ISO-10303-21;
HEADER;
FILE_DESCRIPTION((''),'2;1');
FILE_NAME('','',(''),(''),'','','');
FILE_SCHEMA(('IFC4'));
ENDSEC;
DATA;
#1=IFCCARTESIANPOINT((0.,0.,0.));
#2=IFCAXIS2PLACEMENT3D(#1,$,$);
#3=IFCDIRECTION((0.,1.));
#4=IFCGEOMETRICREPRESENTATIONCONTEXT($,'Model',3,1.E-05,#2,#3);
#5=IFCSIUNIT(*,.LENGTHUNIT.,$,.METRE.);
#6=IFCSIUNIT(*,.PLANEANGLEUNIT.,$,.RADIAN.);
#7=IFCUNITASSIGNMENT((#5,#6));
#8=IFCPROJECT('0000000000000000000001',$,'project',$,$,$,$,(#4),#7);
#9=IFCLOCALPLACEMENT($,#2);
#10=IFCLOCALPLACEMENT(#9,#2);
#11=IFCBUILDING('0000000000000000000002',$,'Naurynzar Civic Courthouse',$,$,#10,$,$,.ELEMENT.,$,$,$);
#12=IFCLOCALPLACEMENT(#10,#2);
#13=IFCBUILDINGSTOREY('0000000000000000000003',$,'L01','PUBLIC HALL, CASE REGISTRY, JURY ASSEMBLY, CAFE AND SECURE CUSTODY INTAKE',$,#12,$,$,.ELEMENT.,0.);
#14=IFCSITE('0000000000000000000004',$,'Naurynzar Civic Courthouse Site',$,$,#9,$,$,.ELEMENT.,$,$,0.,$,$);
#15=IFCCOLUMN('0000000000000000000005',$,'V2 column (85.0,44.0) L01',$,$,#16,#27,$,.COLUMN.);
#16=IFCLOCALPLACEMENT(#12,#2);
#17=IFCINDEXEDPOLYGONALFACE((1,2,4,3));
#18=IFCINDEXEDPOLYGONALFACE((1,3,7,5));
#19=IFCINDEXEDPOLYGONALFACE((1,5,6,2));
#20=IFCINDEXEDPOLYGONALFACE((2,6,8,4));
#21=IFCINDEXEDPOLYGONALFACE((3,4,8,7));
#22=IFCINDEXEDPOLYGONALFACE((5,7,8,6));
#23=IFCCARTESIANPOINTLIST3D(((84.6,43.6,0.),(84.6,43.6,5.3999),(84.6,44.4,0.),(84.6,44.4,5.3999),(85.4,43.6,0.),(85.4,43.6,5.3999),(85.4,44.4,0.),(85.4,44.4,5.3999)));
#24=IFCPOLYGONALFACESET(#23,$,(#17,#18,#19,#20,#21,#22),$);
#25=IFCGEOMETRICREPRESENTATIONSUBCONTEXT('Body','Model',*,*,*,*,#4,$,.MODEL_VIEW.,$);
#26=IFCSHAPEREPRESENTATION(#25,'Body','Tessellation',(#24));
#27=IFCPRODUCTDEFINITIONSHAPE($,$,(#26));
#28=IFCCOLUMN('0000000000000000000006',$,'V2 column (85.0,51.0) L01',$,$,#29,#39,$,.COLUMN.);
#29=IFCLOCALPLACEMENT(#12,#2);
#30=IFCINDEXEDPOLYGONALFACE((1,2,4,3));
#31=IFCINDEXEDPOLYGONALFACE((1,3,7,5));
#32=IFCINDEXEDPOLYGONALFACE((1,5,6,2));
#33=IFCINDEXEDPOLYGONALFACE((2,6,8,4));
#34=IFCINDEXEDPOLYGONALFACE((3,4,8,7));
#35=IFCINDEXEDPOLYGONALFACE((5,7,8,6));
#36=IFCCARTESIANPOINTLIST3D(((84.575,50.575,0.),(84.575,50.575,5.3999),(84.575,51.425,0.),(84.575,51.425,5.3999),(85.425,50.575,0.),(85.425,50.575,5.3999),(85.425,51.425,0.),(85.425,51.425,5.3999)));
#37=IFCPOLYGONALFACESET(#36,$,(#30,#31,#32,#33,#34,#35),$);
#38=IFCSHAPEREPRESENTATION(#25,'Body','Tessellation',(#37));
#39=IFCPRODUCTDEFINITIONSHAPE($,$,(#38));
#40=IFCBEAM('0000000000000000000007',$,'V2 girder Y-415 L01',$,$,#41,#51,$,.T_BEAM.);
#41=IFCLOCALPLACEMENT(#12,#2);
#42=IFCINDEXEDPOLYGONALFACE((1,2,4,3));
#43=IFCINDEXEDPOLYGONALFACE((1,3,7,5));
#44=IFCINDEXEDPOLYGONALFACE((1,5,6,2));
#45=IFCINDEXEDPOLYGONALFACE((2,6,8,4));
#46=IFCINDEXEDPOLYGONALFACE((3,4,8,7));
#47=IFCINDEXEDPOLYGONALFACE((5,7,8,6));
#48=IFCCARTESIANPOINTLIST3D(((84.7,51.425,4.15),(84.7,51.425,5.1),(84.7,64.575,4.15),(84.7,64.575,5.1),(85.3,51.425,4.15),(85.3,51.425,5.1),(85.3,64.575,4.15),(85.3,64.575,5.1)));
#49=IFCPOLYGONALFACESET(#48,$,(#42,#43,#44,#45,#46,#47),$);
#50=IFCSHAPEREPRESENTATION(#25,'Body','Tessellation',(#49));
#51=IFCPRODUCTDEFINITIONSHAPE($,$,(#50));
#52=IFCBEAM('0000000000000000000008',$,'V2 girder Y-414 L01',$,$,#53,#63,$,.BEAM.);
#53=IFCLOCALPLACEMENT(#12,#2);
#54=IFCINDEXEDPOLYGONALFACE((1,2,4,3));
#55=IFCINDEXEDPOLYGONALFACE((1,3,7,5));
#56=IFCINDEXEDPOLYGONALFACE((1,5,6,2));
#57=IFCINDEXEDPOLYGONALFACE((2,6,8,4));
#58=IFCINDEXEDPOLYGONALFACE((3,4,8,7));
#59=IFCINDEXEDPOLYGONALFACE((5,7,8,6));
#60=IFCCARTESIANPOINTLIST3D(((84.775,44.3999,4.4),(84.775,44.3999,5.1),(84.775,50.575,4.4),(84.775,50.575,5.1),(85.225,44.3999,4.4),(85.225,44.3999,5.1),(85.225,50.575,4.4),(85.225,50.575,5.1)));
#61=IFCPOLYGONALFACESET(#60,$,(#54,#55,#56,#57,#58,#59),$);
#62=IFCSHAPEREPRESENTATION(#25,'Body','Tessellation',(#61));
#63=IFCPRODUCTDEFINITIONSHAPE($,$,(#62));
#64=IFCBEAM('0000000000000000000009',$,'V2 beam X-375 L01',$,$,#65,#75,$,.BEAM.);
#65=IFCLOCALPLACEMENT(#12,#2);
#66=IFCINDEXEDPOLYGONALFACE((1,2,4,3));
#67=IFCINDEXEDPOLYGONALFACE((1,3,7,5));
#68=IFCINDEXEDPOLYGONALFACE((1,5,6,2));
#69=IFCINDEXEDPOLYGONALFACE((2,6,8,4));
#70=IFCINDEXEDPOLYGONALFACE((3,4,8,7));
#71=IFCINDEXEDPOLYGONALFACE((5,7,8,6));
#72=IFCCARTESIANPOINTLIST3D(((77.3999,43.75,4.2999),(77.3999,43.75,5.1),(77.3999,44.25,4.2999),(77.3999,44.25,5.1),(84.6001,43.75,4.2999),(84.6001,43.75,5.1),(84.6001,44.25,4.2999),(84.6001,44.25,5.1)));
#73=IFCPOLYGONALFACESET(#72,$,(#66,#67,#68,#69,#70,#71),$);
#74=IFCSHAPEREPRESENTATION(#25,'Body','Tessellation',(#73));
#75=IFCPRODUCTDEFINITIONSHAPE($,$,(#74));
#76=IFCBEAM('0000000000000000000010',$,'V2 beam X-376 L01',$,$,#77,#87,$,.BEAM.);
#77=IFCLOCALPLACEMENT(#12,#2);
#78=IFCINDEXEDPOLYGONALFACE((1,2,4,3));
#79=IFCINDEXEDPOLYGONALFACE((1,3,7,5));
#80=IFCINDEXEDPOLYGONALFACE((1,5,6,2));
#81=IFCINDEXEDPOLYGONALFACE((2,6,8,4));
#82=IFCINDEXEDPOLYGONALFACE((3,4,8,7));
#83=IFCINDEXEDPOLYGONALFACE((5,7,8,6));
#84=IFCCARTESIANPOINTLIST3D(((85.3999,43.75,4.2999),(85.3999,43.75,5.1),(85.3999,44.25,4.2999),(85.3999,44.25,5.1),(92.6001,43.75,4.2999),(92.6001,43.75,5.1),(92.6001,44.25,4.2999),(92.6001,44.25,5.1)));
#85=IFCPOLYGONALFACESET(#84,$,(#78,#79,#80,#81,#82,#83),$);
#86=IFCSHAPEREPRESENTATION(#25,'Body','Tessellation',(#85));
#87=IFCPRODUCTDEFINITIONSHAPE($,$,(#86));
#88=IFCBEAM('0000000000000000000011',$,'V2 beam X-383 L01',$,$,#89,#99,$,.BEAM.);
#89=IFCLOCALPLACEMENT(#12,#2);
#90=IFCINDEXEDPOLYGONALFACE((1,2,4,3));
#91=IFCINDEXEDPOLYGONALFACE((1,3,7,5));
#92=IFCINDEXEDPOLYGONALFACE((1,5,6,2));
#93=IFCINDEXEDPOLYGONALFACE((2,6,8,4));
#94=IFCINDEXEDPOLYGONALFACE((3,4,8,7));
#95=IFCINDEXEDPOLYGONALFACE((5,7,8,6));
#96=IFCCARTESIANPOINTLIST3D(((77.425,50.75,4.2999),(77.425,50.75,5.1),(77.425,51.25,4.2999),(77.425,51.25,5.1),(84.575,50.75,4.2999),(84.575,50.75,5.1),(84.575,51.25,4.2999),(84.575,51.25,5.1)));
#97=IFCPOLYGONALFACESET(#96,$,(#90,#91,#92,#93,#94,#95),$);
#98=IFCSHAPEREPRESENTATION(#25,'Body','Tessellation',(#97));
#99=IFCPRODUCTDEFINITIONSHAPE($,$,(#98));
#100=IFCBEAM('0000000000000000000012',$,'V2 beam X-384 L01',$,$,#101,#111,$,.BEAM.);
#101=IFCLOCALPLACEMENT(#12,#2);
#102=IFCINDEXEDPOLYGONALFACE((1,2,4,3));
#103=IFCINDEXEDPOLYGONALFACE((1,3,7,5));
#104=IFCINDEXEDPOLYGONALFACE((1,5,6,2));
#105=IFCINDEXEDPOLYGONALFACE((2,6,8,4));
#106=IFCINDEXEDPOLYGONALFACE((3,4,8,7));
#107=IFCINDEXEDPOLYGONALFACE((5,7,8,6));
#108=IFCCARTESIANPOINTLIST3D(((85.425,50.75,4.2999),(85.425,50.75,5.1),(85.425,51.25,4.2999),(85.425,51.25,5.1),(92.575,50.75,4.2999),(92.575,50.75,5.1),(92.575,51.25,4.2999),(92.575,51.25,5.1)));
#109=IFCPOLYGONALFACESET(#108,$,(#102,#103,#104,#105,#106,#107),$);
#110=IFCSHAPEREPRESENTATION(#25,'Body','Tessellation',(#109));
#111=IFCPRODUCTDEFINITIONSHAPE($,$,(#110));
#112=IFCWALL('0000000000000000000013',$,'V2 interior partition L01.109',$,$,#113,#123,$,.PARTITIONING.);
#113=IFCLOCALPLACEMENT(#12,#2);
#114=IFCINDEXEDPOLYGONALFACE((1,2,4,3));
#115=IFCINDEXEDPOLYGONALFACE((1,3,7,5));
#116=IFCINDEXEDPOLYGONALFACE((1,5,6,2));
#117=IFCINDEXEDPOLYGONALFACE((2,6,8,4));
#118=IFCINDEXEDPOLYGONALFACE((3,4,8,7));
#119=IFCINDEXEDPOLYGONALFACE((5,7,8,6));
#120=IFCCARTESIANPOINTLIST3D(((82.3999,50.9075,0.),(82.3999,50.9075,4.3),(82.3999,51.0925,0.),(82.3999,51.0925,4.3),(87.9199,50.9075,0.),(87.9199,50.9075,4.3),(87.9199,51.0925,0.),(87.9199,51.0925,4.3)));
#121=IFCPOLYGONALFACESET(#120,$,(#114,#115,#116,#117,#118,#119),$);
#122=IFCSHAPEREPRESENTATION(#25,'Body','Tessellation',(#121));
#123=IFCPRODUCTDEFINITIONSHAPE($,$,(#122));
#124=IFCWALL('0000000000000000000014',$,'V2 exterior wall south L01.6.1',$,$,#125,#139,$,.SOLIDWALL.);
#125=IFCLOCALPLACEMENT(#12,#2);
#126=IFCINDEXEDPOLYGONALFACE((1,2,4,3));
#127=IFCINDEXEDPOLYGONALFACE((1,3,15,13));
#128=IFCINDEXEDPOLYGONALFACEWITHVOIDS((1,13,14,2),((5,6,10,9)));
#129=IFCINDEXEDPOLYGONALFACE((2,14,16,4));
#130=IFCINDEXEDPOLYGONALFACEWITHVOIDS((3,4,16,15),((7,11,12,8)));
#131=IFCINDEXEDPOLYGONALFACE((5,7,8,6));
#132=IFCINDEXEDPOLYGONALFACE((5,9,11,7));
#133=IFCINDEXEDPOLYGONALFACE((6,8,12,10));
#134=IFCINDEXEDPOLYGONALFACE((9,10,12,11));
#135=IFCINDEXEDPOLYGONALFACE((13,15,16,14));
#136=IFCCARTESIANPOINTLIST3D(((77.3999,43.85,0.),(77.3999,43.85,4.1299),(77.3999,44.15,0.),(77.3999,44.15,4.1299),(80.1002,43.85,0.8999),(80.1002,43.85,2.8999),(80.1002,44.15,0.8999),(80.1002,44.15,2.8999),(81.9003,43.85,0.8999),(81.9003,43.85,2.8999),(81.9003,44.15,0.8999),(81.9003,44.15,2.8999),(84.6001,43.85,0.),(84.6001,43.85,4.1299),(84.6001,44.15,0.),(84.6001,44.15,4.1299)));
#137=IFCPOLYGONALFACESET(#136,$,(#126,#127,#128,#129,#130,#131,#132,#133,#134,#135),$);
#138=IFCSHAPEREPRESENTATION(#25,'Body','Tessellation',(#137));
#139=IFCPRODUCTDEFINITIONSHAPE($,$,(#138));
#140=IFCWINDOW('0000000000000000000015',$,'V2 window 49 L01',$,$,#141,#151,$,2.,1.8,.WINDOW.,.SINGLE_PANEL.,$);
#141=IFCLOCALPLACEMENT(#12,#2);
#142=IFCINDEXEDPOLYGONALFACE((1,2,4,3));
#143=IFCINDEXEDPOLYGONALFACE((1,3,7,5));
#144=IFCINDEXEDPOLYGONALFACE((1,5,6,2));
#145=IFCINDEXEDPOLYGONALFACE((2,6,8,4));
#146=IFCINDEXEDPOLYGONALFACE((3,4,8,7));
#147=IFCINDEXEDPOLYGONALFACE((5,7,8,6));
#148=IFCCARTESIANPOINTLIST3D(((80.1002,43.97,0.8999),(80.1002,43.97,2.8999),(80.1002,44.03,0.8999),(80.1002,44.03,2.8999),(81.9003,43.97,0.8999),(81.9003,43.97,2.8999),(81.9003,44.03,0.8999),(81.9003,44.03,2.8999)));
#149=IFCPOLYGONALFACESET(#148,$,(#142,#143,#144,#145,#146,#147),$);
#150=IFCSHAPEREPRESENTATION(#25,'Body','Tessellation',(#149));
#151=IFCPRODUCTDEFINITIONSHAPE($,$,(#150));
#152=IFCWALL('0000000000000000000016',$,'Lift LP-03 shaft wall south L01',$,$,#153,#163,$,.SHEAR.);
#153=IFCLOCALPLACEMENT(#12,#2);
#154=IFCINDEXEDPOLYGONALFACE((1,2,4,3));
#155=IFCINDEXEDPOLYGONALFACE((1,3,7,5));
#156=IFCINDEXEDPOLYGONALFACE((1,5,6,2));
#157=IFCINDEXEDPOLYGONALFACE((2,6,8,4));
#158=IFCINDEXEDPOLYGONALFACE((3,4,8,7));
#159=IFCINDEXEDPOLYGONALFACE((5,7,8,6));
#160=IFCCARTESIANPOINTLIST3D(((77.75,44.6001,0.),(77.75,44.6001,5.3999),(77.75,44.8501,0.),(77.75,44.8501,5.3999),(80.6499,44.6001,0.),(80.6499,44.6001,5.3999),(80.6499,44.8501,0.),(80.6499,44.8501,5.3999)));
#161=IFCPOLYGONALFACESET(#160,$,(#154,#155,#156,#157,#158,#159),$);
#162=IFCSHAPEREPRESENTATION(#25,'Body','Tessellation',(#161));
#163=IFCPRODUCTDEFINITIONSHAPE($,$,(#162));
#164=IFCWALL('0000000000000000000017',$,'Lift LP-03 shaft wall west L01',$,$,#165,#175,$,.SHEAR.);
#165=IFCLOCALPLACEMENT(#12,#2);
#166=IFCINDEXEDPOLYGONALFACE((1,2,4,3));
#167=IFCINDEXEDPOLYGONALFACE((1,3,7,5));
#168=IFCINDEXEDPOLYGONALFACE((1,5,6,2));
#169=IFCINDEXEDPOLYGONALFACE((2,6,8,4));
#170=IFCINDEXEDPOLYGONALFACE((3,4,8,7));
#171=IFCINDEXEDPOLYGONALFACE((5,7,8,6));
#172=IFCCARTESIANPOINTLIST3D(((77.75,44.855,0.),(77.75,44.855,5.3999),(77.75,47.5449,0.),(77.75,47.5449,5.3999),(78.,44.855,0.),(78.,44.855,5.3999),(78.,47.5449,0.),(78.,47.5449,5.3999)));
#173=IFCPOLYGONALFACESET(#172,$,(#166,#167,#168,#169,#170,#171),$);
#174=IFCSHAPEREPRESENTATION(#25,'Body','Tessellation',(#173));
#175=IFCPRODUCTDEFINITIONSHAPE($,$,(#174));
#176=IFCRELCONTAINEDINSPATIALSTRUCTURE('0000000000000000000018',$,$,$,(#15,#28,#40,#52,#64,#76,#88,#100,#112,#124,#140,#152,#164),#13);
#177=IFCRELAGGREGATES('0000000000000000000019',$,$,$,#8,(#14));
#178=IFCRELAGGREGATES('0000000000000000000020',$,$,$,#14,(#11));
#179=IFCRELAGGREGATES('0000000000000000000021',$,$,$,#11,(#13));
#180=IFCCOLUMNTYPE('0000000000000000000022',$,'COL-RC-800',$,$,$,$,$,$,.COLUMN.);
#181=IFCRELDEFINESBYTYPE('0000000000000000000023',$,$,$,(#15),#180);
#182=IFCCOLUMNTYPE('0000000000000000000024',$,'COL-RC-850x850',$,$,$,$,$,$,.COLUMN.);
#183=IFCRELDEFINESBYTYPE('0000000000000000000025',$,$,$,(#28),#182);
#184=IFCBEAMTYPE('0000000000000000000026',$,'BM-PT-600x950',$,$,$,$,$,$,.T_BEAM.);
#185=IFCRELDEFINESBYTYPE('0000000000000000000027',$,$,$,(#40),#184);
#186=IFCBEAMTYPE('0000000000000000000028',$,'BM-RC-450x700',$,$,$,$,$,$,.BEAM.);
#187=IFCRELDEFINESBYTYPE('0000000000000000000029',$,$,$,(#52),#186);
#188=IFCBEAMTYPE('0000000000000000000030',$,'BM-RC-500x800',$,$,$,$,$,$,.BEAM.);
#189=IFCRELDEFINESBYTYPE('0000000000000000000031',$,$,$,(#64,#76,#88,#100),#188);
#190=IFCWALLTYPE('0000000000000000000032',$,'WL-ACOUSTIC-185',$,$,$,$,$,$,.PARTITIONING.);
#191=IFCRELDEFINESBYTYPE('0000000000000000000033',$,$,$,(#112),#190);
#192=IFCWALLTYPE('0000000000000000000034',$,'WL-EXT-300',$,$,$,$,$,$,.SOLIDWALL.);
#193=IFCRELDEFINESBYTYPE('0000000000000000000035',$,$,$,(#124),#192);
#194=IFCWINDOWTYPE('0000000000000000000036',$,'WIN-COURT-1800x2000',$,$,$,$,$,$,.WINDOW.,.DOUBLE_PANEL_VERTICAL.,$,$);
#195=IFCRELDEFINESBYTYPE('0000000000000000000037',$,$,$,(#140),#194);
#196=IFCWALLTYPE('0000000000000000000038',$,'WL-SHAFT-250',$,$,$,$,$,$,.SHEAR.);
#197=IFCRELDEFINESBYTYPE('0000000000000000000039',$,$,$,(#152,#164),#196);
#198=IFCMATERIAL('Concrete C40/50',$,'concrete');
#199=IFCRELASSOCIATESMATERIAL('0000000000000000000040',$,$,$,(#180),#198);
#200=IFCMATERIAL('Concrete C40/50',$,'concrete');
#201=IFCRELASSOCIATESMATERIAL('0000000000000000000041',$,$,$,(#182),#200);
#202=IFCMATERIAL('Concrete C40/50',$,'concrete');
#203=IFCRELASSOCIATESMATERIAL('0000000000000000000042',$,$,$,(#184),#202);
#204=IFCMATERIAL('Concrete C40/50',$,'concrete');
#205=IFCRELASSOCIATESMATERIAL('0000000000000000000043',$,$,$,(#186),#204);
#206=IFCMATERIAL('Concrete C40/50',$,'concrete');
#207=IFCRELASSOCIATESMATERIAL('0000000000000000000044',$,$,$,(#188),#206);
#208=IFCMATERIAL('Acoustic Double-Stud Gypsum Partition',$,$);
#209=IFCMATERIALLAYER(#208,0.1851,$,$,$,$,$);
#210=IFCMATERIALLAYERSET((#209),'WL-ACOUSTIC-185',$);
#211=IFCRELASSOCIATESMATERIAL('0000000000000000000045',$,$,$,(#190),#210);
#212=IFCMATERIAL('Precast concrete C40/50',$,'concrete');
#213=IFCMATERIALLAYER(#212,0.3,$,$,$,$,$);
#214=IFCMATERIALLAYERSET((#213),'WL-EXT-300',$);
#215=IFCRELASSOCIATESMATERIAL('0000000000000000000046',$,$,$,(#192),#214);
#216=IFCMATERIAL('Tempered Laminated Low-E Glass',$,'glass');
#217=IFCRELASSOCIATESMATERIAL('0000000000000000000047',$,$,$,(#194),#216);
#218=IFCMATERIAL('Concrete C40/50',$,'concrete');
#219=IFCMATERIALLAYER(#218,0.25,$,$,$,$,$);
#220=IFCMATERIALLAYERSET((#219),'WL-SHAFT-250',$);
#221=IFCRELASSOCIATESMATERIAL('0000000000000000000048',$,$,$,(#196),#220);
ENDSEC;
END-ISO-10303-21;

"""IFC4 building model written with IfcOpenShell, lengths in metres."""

from ifc_helpers import new_model, si_unit, direction, frame, frame_2d, origin, origin_2d, place, context, subcontext, project, spatial, rectangle, extrude, material, layer, layer_set, material_profile, profile_set, type_object, element, fill, save


model = new_model("IFC4")

# Units and contexts
model_context = context("Model", 3, precision=1e-05, world=origin(), true_north=direction((0.0, 1.0)))
body_context = subcontext(model_context, "Body", "Model", "MODEL_VIEW")
ifc_project = project(units=[si_unit("LENGTHUNIT", "METRE"), si_unit("PLANEANGLEUNIT", "RADIAN")], contexts=[model_context])

# Site, building, storey
site_placement = place(None, origin())
site = spatial("IfcSite", under=ifc_project, at=site_placement, Name="Naurynzar Civic Courthouse Site", CompositionType="ELEMENT", RefElevation=0.0)
building_placement = place(site_placement, origin())
building = spatial("IfcBuilding", under=site, at=building_placement, Name="Naurynzar Civic Courthouse", CompositionType="ELEMENT")
storey_placement = place(building_placement, origin())
storey = spatial("IfcBuildingStorey", under=building, at=storey_placement, Name="L01", Description="PUBLIC HALL, CASE REGISTRY, JURY ASSEMBLY, CAFE AND SECURE CUSTODY INTAKE", CompositionType="ELEMENT", Elevation=0.0)

# Columns
ifc_material_1 = material(Name="Concrete C40/50", Category="concrete")
ifc_material_profile_1 = material_profile(ifc_material_1, rectangle(XDim=0.8, YDim=0.8, at=origin_2d()), Name="RC 800x800")
ifc_profile_set_1 = profile_set([ifc_material_profile_1], Name="Concrete C40/50")
column_type_1 = type_object("IfcColumnType", Name="COL-RC-800", PredefinedType="COLUMN", material=ifc_profile_set_1)
column_1_placement = place(storey_placement, frame((85.0, 44.0, 0.0), z_axis=(0.0, 0.0, 1.0), x_axis=(1.0, 0.0, 0.0)))
element("IfcColumn", 1, at=column_1_placement, inside=storey, type_object=column_type_1, Name="V2 column (85.0,44.0) L01", PredefinedType="COLUMN", context=body_context, shape_type="SweptSolid", body=[
    extrude(rectangle(XDim=0.8, YDim=0.8, at=origin_2d()), origin(), (0.0, 0.0, 1.0), 5.3999),
])
ifc_material_2 = material(Name="Concrete C40/50", Category="concrete")
ifc_material_profile_2 = material_profile(ifc_material_2, rectangle(XDim=0.8501, YDim=0.8501, at=origin_2d()), Name="RC 850x850")
ifc_profile_set_2 = profile_set([ifc_material_profile_2], Name="Concrete C40/50")
column_type_2 = type_object("IfcColumnType", Name="COL-RC-850x850", PredefinedType="COLUMN", material=ifc_profile_set_2)
column_2_placement = place(storey_placement, frame((85.0, 51.0, 0.0), z_axis=(0.0, 0.0, 1.0), x_axis=(1.0, 0.0, 0.0)))
element("IfcColumn", 2, at=column_2_placement, inside=storey, type_object=column_type_2, Name="V2 column (85.0,51.0) L01", PredefinedType="COLUMN", context=body_context, shape_type="SweptSolid", body=[
    extrude(rectangle(XDim=0.8501, YDim=0.8501, at=origin_2d()), origin(), (0.0, 0.0, 1.0), 5.3999),
])

# Beams
ifc_material_3 = material(Name="Concrete C40/50", Category="concrete")
ifc_material_profile_3 = material_profile(ifc_material_3, rectangle(XDim=0.6001, YDim=0.95, at=origin_2d()), Name="PTB 600x950")
ifc_profile_set_3 = profile_set([ifc_material_profile_3], Name="Concrete C40/50")
beam_type_1 = type_object("IfcBeamType", Name="BM-PT-600x950", PredefinedType="T_BEAM", material=ifc_profile_set_3)
beam_1_placement = place(storey_placement, frame((85.0, 51.425, 4.625), z_axis=(0.0, 1.0, 0.0), x_axis=(-1.0, 0.0, 0.0)))
element("IfcBeam", 3, at=beam_1_placement, inside=storey, type_object=beam_type_1, Name="V2 girder Y-415 L01", PredefinedType="T_BEAM", context=body_context, shape_type="SweptSolid", body=[
    extrude(rectangle(XDim=0.6001, YDim=0.95, at=origin_2d()), origin(), (0.0, 0.0, 1.0), 13.1499),
])
ifc_material_4 = material(Name="Concrete C40/50", Category="concrete")
ifc_material_profile_4 = material_profile(ifc_material_4, rectangle(XDim=0.45, YDim=0.7, at=origin_2d()), Name="RCB 450x700")
ifc_profile_set_4 = profile_set([ifc_material_profile_4], Name="Concrete C40/50")
beam_type_2 = type_object("IfcBeamType", Name="BM-RC-450x700", PredefinedType="BEAM", material=ifc_profile_set_4)
beam_2_placement = place(storey_placement, frame((85.0, 44.3999, 4.75), z_axis=(0.0, 1.0, 0.0), x_axis=(-1.0, 0.0, 0.0)))
element("IfcBeam", 4, at=beam_2_placement, inside=storey, type_object=beam_type_2, Name="V2 girder Y-414 L01", PredefinedType="BEAM", context=body_context, shape_type="SweptSolid", body=[
    extrude(rectangle(XDim=0.45, YDim=0.7, at=origin_2d()), origin(), (0.0, 0.0, 1.0), 6.175),
])
ifc_material_5 = material(Name="Concrete C40/50", Category="concrete")
ifc_material_profile_5 = material_profile(ifc_material_5, rectangle(XDim=0.5, YDim=0.8, at=origin_2d()), Name="RCB 500x800")
ifc_profile_set_5 = profile_set([ifc_material_profile_5], Name="Concrete C40/50")
beam_type_3 = type_object("IfcBeamType", Name="BM-RC-500x800", PredefinedType="BEAM", material=ifc_profile_set_5)
for number, where, z_axis, x_axis, name in (
    (5, (77.3999, 44.0, 4.7), (1.0, 0.0, 0.0), (0.0, 1.0, 0.0), "V2 beam X-375 L01"),
    (6, (85.3999, 44.0, 4.7), (1.0, 0.0, 0.0), (0.0, 1.0, 0.0), "V2 beam X-376 L01"),
):
    element("IfcBeam", number, at=place(storey_placement, frame(where, z_axis=z_axis, x_axis=x_axis)), inside=storey, type_object=beam_type_3, Name=name, PredefinedType="BEAM", context=body_context, shape_type="SweptSolid", body=[
        extrude(rectangle(XDim=0.5, YDim=0.8, at=origin_2d()), origin(), (0.0, 0.0, 1.0), 7.2002),
    ])
for number, where, z_axis, x_axis, name in (
    (7, (77.425, 51.0, 4.7), (1.0, 0.0, 0.0), (0.0, 1.0, 0.0), "V2 beam X-383 L01"),
    (8, (85.425, 51.0, 4.7), (1.0, 0.0, 0.0), (0.0, 1.0, 0.0), "V2 beam X-384 L01"),
):
    element("IfcBeam", number, at=place(storey_placement, frame(where, z_axis=z_axis, x_axis=x_axis)), inside=storey, type_object=beam_type_3, Name=name, PredefinedType="BEAM", context=body_context, shape_type="SweptSolid", body=[
        extrude(rectangle(XDim=0.5, YDim=0.8, at=origin_2d()), origin(), (0.0, 0.0, 1.0), 7.1499),
    ])

# Wall
ifc_material_6 = material(Name="Acoustic Double-Stud Gypsum Partition")
ifc_layer_1 = layer(ifc_material_6, 0.1851)
ifc_layer_set_1 = layer_set([ifc_layer_1], Name="WL-ACOUSTIC-185")
wall_type_1 = type_object("IfcWallType", Name="WL-ACOUSTIC-185", PredefinedType="PARTITIONING", material=ifc_layer_set_1)
wall_1_placement = place(storey_placement, frame((82.3999, 51.0, 0.0), z_axis=(0.0, 0.0, 1.0), x_axis=(1.0, 0.0, 0.0)))
element("IfcWall", 9, at=wall_1_placement, inside=storey, type_object=wall_type_1, Name="V2 interior partition L01.109", PredefinedType="PARTITIONING", context=body_context, shape_type="SweptSolid", body=[
    extrude(rectangle(XDim=5.52, YDim=0.1851, at=frame_2d((2.76, 0.0))), origin(), (0.0, 0.0, 1.0), 4.3),
])

# Wall, opening, window
ifc_material_7 = material(Name="Precast concrete C40/50", Category="concrete")
ifc_layer_2 = layer(ifc_material_7, 0.3)
ifc_layer_set_2 = layer_set([ifc_layer_2], Name="WL-EXT-300")
wall_type_2 = type_object("IfcWallType", Name="WL-EXT-300", PredefinedType="SOLIDWALL", material=ifc_layer_set_2)
wall_2_placement = place(storey_placement, frame((84.6001, 44.0, 0.0), z_axis=(0.0, 0.0, 1.0), x_axis=(-1.0, 0.0, 0.0)))
wall_2 = element("IfcWall", 10, at=wall_2_placement, inside=storey, type_object=wall_type_2, Name="V2 exterior wall south L01.6.1", PredefinedType="SOLIDWALL", context=body_context, shape_type="SweptSolid", body=[
    extrude(rectangle(XDim=7.2002, YDim=0.3, at=frame_2d((3.6001, 0.0))), origin(), (0.0, 0.0, 1.0), 4.1299),
])
opening_1_placement = place(wall_2_placement, frame((2.7, 0.0, 0.8999)))
opening_1 = element("IfcOpeningElement", 11, at=opening_1_placement, cuts=wall_2, PredefinedType="OPENING", context=body_context, shape_type="SweptSolid", body=[
    extrude(rectangle(XDim=1.8, YDim=2.0, at=frame_2d((0.8999, 1.0))), frame((0.0, 0.1599, 0.0), z_axis=(0.0, -1.0, 0.0), x_axis=(1.0, 0.0, 0.0)), (0.0, 0.0, 1.0), 0.3201),
])
ifc_material_8 = material(Name="Tempered Laminated Low-E Glass", Category="glass")
window_type = type_object("IfcWindowType", Name="WIN-COURT-1800x2000", PartitioningType="DOUBLE_PANEL_VERTICAL", PredefinedType="WINDOW", material=ifc_material_8)
window_placement = place(opening_1_placement, origin())
window = element("IfcWindow", 12, at=window_placement, inside=storey, type_object=window_type, Name="V2 window 49 L01", OverallHeight=2.0, OverallWidth=1.8, PartitioningType="SINGLE_PANEL", PredefinedType="WINDOW", context=body_context, shape_type="SweptSolid", body=[
    extrude(rectangle(XDim=1.8, YDim=2.0, at=frame_2d((0.8999, 1.0))), frame((0.0, 0.03, 0.0), z_axis=(0.0, -1.0, 0.0), x_axis=(1.0, 0.0, 0.0)), (0.0, 0.0, 1.0), 0.0601),
])
fill(opening_1, window)

# Wall
ifc_material_9 = material(Name="Concrete C40/50", Category="concrete")
ifc_layer_3 = layer(ifc_material_9, 0.25)
ifc_layer_set_3 = layer_set([ifc_layer_3], Name="WL-SHAFT-250")
wall_type_3 = type_object("IfcWallType", Name="WL-SHAFT-250", PredefinedType="SHEAR", material=ifc_layer_set_3)
wall_3_placement = place(storey_placement, frame((77.75, 44.7251, 0.0), z_axis=(0.0, 0.0, 1.0), x_axis=(1.0, 0.0, 0.0)))
element("IfcWall", 13, at=wall_3_placement, inside=storey, type_object=wall_type_3, Name="Lift LP-03 shaft wall south L01", PredefinedType="SHEAR", context=body_context, shape_type="SweptSolid", body=[
    extrude(rectangle(XDim=2.8999, YDim=0.25, at=frame_2d((1.45, 0.0))), origin(), (0.0, 0.0, 1.0), 5.3999),
])

# Wall
for number, where, z_axis, x_axis, name in (
    (14, (77.875, 47.5449, 0.0), (0.0, 0.0, 1.0), (0.0, -1.0, 0.0), "Lift LP-03 shaft wall west L01"),
):
    element("IfcWall", number, at=place(storey_placement, frame(where, z_axis=z_axis, x_axis=x_axis)), inside=storey, type_object=wall_type_3, Name=name, PredefinedType="SHEAR", context=body_context, shape_type="SweptSolid", body=[
        extrude(rectangle(XDim=2.6899, YDim=0.25, at=frame_2d((1.345, 0.0))), origin(), (0.0, 0.0, 1.0), 5.3999),
    ])

save(model, "model.ifc")
